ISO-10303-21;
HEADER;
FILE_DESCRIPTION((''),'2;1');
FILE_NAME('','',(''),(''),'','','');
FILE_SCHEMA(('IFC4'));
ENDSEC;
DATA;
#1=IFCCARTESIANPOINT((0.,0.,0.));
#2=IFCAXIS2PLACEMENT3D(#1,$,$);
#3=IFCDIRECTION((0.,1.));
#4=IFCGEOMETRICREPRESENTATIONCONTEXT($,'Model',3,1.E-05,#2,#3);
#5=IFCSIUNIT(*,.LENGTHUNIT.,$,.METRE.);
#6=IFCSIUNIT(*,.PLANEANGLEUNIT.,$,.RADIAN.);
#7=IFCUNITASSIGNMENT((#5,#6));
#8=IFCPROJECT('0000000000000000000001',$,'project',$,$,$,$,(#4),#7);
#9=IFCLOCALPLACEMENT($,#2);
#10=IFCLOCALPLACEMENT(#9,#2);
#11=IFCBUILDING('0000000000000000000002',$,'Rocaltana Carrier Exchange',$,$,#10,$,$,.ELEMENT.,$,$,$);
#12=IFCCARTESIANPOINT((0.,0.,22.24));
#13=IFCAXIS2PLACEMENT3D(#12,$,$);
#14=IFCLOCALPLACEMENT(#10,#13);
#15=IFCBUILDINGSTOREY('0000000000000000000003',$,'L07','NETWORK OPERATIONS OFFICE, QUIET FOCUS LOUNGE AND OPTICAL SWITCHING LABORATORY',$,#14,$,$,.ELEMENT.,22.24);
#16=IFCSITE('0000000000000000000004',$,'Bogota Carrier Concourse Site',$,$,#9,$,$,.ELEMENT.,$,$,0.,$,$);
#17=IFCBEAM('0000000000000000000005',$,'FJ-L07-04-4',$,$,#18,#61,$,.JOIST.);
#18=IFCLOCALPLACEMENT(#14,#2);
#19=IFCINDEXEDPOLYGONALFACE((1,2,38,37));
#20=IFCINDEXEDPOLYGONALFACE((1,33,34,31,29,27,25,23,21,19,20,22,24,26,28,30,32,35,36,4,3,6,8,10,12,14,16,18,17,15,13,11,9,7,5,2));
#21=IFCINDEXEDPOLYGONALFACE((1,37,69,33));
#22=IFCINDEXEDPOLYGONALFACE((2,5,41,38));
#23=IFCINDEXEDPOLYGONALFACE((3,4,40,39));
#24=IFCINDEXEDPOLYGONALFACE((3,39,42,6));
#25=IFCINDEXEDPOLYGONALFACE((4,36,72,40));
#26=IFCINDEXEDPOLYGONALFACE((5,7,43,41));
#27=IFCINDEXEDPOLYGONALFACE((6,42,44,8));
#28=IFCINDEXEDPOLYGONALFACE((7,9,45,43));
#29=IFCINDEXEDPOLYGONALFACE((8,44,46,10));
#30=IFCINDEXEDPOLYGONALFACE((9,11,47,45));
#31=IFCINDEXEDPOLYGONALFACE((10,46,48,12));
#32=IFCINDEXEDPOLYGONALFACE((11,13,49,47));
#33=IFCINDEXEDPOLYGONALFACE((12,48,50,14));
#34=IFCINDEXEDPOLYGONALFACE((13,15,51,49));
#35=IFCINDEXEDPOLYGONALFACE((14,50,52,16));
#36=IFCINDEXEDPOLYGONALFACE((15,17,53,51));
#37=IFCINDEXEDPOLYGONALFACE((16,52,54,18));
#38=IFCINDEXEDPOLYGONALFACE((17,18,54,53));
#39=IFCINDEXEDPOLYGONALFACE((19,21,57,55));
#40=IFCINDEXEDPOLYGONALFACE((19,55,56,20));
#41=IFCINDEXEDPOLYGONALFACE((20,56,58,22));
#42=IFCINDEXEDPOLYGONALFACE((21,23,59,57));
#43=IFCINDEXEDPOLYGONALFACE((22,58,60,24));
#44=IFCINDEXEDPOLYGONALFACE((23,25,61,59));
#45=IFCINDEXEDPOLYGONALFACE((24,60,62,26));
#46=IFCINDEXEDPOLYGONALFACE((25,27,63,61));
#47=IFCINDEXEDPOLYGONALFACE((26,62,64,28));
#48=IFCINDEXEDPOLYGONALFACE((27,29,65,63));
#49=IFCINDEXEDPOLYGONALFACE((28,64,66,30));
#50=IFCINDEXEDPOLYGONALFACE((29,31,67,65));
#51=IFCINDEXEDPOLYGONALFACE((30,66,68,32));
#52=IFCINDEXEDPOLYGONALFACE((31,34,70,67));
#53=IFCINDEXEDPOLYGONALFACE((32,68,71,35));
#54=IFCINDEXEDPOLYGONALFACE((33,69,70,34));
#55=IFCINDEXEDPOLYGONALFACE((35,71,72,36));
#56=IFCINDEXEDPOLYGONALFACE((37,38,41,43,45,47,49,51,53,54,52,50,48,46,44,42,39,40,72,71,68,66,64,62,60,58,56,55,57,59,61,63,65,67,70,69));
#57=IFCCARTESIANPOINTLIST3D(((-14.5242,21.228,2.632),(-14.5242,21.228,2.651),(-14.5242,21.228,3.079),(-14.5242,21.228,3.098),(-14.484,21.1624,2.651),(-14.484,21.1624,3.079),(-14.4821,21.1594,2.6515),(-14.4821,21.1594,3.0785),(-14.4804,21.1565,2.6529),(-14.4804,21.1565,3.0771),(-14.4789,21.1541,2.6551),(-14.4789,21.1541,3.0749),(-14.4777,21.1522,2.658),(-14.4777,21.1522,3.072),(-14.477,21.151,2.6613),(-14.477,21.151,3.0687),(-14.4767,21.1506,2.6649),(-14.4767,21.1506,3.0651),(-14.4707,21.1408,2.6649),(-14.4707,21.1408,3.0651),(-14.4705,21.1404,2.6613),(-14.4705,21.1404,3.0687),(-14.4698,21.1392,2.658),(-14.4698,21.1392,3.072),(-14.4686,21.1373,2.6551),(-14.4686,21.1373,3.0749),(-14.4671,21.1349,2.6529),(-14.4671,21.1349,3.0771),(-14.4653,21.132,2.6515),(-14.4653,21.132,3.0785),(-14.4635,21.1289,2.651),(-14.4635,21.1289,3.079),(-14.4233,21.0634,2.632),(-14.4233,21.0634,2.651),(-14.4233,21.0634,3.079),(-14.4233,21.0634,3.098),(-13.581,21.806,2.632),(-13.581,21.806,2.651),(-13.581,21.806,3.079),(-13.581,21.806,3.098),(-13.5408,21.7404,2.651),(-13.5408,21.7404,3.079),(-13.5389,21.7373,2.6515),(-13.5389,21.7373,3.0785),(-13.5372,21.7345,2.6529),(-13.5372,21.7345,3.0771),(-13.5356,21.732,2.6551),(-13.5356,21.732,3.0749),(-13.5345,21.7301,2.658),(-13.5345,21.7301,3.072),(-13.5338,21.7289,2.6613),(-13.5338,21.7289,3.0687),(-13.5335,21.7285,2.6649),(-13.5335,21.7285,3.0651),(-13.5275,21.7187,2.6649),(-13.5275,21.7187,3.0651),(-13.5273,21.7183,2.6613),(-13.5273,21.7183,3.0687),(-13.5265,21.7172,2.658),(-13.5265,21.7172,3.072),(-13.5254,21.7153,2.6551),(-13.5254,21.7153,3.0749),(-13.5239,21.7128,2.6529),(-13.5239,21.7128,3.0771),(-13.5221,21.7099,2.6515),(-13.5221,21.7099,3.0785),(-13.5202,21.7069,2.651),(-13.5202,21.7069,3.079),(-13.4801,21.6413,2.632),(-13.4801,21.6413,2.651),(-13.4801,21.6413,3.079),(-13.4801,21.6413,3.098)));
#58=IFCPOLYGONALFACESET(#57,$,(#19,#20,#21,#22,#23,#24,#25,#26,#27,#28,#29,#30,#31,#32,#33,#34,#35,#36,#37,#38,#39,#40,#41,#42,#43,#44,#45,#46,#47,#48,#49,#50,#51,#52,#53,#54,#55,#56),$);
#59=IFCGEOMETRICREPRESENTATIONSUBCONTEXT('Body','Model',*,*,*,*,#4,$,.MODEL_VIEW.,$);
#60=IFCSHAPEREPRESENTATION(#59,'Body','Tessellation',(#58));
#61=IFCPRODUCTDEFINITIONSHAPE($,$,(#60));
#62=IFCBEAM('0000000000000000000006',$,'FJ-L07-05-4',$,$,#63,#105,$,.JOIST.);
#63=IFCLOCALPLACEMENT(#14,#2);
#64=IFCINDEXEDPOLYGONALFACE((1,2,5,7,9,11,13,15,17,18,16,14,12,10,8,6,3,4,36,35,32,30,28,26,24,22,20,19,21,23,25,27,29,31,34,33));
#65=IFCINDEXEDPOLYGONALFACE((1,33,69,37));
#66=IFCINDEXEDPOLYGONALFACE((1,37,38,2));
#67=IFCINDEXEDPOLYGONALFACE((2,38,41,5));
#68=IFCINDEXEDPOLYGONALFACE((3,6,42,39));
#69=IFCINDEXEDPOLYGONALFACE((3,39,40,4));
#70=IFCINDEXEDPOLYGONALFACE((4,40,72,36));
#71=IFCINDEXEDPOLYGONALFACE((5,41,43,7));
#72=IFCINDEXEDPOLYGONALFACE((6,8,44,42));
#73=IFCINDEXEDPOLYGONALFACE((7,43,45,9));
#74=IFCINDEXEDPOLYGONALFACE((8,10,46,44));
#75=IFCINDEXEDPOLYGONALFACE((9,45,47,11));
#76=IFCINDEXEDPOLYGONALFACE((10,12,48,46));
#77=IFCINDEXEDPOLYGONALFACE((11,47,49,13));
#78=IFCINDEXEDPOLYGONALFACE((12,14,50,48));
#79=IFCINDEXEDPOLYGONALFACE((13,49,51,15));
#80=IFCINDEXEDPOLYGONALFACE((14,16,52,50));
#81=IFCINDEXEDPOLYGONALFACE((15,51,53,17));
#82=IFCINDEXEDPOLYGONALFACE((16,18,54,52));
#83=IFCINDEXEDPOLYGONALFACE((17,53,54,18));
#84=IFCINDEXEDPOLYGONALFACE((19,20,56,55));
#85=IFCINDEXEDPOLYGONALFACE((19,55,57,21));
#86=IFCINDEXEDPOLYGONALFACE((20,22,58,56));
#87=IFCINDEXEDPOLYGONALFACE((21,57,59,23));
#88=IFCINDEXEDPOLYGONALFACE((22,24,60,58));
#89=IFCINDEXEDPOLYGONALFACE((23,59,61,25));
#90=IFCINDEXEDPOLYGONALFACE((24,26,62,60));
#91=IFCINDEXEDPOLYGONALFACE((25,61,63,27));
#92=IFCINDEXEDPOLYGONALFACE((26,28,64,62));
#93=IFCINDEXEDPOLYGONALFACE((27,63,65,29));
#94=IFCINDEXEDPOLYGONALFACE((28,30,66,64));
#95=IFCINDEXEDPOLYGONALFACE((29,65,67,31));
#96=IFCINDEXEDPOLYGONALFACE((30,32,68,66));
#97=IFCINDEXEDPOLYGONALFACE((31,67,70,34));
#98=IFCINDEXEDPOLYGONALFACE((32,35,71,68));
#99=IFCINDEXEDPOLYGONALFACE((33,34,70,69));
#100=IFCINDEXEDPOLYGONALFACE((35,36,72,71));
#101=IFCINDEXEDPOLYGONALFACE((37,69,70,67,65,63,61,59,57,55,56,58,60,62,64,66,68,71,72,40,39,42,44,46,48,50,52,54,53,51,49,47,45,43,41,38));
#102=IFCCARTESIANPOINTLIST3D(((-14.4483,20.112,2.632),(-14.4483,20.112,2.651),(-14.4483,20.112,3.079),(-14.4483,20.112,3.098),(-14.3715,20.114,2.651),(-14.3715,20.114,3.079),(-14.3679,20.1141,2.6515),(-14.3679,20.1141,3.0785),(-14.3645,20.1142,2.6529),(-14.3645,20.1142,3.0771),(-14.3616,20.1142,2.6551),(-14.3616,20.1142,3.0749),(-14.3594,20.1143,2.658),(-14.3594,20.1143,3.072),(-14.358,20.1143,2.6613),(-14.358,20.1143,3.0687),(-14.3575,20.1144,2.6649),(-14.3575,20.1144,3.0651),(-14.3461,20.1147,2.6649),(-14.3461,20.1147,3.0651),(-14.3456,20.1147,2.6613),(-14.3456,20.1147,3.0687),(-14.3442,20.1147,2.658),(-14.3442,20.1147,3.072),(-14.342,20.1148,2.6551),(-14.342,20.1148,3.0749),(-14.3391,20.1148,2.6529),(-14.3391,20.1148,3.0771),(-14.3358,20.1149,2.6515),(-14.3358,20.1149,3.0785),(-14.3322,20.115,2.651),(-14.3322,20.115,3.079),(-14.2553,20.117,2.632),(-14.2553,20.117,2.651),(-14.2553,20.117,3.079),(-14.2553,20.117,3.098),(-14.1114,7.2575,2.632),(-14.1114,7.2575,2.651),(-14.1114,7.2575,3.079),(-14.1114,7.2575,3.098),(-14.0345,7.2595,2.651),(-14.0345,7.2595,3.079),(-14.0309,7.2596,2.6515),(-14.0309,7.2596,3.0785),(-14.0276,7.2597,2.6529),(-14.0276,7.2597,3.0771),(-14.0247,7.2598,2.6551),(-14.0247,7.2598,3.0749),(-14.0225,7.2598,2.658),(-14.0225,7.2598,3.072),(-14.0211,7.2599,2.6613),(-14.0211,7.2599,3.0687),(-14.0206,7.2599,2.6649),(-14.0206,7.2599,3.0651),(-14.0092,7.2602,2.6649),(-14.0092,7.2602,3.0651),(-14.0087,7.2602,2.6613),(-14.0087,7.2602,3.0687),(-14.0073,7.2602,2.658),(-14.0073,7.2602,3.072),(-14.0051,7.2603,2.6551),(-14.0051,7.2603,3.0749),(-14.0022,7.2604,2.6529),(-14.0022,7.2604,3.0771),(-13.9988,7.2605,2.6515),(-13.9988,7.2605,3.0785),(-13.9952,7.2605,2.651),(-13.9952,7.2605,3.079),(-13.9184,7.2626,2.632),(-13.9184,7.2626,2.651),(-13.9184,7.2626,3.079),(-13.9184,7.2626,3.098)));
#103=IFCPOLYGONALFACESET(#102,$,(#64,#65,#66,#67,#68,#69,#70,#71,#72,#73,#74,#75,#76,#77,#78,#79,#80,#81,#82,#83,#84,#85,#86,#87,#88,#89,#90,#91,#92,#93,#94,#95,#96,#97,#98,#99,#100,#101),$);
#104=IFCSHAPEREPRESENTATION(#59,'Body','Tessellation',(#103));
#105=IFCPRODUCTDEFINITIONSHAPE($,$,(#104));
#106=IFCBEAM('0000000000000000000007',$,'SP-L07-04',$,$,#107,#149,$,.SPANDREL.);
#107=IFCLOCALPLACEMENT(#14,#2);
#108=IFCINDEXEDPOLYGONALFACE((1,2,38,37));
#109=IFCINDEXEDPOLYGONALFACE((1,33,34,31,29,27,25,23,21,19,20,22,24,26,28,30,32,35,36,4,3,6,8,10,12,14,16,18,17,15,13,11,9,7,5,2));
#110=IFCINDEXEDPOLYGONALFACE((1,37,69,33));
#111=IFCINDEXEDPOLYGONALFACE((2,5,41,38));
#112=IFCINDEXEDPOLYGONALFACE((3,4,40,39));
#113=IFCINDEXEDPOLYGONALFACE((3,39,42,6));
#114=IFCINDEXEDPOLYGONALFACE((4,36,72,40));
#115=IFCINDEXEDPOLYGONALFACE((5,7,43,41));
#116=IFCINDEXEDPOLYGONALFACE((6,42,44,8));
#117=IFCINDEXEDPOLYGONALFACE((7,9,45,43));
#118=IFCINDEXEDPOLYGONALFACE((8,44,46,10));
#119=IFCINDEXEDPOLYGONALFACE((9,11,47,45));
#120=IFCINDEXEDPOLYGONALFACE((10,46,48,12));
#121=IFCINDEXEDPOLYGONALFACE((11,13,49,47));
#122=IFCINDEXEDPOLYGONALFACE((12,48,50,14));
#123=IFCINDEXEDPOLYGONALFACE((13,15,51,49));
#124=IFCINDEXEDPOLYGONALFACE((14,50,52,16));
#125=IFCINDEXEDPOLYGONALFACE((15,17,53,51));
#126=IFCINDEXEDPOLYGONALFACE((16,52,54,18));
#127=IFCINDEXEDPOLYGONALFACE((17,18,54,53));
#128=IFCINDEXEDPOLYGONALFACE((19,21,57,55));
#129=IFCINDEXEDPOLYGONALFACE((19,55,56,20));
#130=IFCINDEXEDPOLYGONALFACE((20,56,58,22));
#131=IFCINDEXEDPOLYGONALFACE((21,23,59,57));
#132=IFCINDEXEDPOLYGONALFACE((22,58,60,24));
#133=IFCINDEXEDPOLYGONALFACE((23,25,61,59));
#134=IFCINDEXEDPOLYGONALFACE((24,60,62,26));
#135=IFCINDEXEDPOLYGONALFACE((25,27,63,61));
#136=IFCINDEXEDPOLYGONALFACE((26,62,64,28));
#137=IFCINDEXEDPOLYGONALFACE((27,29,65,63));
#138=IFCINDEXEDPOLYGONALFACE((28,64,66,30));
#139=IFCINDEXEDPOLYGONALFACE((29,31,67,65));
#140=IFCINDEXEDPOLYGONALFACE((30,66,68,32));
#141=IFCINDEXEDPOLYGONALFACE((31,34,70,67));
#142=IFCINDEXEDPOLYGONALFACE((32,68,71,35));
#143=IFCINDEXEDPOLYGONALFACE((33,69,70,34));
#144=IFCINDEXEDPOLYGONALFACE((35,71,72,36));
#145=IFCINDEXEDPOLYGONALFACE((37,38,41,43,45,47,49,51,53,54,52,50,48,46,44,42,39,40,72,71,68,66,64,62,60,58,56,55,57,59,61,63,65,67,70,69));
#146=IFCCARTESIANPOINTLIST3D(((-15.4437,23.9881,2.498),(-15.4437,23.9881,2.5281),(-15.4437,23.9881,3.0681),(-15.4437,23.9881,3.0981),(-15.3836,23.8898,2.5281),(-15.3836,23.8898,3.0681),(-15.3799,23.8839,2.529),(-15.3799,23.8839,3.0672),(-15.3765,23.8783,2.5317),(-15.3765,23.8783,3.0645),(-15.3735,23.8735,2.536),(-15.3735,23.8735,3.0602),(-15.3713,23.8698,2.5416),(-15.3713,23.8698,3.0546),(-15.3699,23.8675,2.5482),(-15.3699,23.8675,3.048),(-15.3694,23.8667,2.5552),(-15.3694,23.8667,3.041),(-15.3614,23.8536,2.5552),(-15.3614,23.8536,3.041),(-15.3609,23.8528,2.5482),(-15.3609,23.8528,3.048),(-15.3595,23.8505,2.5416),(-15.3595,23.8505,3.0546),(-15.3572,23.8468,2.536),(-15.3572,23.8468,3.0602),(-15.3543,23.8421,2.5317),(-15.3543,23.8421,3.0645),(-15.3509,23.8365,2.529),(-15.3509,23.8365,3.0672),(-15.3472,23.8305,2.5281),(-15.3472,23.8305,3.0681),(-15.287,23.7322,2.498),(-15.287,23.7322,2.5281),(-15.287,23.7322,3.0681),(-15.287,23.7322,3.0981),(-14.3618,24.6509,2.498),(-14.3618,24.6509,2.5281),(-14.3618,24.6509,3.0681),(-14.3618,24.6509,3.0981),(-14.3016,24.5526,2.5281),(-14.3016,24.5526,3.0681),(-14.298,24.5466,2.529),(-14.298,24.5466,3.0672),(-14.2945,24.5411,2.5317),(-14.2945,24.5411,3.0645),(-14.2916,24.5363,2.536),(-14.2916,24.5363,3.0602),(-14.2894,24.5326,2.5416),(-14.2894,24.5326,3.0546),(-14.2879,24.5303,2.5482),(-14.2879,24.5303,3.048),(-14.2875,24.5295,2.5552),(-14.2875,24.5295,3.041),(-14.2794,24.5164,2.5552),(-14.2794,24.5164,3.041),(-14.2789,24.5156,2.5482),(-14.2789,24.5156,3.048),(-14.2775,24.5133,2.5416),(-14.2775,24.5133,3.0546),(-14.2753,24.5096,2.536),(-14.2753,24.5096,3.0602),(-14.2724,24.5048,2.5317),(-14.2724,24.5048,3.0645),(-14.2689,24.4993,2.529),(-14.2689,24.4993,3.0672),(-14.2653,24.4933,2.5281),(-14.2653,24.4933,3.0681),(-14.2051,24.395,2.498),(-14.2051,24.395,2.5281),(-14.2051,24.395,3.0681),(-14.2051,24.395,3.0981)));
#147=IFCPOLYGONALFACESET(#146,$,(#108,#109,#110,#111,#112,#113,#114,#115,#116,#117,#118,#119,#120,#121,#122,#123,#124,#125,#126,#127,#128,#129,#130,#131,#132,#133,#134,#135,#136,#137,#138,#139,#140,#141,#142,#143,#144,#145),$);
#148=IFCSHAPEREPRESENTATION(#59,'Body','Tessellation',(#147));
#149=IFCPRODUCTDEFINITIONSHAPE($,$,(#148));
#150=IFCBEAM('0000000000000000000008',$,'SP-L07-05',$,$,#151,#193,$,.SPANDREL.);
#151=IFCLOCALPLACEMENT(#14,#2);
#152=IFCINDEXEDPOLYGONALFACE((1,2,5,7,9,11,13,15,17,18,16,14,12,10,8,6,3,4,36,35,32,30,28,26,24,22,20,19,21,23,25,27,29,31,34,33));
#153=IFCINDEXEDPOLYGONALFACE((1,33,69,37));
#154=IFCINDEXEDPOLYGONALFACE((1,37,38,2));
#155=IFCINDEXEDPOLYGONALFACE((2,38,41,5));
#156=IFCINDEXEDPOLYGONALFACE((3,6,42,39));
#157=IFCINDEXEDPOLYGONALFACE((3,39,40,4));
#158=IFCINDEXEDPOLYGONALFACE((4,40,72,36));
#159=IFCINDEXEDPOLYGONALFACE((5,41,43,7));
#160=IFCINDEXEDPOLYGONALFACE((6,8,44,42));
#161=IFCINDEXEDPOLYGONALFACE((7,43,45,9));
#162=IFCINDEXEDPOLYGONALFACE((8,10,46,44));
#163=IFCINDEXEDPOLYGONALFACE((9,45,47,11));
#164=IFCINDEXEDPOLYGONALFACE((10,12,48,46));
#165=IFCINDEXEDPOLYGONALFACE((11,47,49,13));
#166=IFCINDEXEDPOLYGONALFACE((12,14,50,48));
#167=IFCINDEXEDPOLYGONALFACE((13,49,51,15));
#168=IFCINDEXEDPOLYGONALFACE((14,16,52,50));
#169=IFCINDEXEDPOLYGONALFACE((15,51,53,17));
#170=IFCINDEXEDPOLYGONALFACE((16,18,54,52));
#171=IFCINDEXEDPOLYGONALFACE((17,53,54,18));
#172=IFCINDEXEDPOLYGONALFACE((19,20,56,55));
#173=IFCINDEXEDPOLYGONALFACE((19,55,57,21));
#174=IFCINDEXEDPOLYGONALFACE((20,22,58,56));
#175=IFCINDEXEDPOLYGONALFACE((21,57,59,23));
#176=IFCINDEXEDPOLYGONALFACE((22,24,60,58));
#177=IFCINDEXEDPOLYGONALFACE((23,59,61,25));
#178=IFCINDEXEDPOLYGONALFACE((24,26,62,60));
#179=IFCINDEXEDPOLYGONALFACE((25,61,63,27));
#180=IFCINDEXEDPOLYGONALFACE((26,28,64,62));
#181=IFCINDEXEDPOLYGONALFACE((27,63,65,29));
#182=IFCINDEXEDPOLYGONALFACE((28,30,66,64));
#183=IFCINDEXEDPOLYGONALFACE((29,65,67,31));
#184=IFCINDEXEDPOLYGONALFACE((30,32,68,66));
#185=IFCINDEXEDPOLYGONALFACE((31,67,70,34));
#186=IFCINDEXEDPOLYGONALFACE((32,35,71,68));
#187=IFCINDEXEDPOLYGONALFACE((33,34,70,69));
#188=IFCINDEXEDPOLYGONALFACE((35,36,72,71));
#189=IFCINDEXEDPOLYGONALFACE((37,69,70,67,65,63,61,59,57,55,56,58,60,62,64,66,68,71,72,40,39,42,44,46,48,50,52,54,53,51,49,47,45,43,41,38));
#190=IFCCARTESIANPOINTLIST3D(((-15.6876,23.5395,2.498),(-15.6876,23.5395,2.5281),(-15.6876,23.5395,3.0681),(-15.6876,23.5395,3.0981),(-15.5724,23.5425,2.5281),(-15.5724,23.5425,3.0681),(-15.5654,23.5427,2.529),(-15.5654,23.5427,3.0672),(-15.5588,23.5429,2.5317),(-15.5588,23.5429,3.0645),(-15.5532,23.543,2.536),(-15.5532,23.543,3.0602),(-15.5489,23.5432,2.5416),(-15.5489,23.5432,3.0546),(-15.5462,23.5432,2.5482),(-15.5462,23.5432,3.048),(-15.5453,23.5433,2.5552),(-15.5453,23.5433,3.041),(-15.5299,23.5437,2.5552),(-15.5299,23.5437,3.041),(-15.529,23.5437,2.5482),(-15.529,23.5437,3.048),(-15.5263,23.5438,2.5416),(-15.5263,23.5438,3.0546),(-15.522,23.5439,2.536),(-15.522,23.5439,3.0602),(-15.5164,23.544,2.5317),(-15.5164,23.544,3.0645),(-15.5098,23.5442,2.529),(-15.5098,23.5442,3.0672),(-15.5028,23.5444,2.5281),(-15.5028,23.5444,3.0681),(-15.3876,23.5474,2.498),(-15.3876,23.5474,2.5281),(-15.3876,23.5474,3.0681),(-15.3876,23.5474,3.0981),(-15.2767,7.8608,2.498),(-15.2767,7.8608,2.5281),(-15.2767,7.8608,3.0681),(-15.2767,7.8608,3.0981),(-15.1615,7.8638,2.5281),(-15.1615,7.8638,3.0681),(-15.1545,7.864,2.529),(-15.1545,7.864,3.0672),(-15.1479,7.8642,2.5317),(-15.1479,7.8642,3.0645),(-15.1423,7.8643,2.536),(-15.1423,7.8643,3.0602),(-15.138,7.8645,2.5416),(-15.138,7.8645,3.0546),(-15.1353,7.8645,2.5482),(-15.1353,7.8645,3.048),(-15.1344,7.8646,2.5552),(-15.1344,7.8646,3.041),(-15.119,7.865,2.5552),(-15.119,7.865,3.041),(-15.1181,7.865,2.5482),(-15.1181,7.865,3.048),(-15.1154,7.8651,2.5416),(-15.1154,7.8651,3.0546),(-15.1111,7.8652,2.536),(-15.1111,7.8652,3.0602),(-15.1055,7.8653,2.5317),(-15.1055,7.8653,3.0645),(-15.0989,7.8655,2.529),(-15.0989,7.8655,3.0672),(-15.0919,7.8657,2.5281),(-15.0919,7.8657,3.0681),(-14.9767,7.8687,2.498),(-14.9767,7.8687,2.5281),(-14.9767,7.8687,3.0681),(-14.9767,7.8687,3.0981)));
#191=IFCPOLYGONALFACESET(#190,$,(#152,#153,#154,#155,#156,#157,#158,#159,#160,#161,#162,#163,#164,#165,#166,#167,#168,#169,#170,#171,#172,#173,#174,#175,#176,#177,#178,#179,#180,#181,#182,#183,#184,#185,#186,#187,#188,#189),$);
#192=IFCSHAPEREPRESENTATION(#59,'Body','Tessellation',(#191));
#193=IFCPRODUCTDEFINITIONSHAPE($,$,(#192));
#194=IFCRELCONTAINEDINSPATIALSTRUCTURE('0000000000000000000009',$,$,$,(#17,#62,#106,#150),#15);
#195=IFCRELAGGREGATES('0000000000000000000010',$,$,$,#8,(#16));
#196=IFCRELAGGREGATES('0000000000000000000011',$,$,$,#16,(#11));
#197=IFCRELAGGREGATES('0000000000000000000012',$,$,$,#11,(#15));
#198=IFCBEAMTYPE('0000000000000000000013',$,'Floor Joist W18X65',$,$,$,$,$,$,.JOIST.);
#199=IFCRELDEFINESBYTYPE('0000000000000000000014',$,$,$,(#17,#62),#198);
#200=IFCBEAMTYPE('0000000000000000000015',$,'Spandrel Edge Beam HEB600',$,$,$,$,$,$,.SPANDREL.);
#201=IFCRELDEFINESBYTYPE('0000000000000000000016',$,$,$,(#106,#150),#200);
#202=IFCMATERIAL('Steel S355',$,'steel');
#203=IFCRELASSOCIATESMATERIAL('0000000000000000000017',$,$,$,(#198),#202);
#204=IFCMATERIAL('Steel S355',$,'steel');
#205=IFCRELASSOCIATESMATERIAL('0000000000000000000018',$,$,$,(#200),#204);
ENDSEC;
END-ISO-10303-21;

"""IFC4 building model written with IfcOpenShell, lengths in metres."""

from ifc_helpers import new_model, si_unit, direction, frame, origin, origin_2d, place, context, subcontext, project, spatial, i_section, extrude, material, material_profile, profile_set, type_object, element, save


model = new_model("IFC4")

# Units and contexts
model_context = context("Model", 3, precision=1e-05, world=origin(), true_north=direction((0.0, 1.0)))
body_context = subcontext(model_context, "Body", "Model", "MODEL_VIEW")
ifc_project = project(units=[si_unit("LENGTHUNIT", "METRE"), si_unit("PLANEANGLEUNIT", "RADIAN")], contexts=[model_context])

# Site, building, storey
site_placement = place(None, origin())
site = spatial("IfcSite", under=ifc_project, at=site_placement, Name="Bogota Carrier Concourse Site", CompositionType="ELEMENT", RefElevation=0.0)
building_placement = place(site_placement, origin())
building = spatial("IfcBuilding", under=site, at=building_placement, Name="Rocaltana Carrier Exchange", CompositionType="ELEMENT")
storey_placement = place(building_placement, frame((0.0, 0.0, 22.24)))
storey = spatial("IfcBuildingStorey", under=building, at=storey_placement, Name="L07", Description="NETWORK OPERATIONS OFFICE, QUIET FOCUS LOUNGE AND OPTICAL SWITCHING LABORATORY", CompositionType="ELEMENT", Elevation=22.24)

# Beams
ifc_material_1 = material(Name="Steel S355", Category="steel")
ifc_material_profile_1 = material_profile(ifc_material_1, i_section(OverallWidth=0.1931, OverallDepth=0.4661, WebThickness=0.0115, FlangeThickness=0.019, FilletRadius=0.0139, at=origin_2d()), Name="W18X65")
ifc_profile_set_1 = profile_set([ifc_material_profile_1], Name="Steel S355")
beam_type_1 = type_object("IfcBeamType", Name="Floor Joist W18X65", PredefinedType="JOIST", material=ifc_profile_set_1)
beam_1_placement = place(storey_placement, frame((-13.5305, 21.7236, 2.865), z_axis=(-0.852665, -0.522459, 0.0), x_axis=(0.522459, -0.852665, 0.0)))
element("IfcBeam", 1, at=beam_1_placement, inside=storey, type_object=beam_type_1, Name="FJ-L07-04-4", PredefinedType="JOIST", context=body_context, shape_type="SweptSolid", body=[
    extrude(i_section(OverallWidth=0.1931, OverallDepth=0.4661, WebThickness=0.0115, FlangeThickness=0.019, FilletRadius=0.0139, at=origin_2d()), origin(), (0.0, 0.0, 1.0), 1.1062),
])
beam_2_placement = place(storey_placement, frame((-14.3518, 20.1145, 2.865), z_axis=(0.026201, -0.999657, 0.0), x_axis=(0.999657, 0.026201, 0.0)))
element("IfcBeam", 2, at=beam_2_placement, inside=storey, type_object=beam_type_1, Name="FJ-L07-05-4", PredefinedType="JOIST", context=body_context, shape_type="SweptSolid", body=[
    extrude(i_section(OverallWidth=0.1931, OverallDepth=0.4661, WebThickness=0.0115, FlangeThickness=0.019, FilletRadius=0.0139, at=origin_2d()), origin(), (0.0, 0.0, 1.0), 12.8589),
])
ifc_material_2 = material(Name="Steel S355", Category="steel")
ifc_material_profile_2 = material_profile(ifc_material_2, i_section(OverallWidth=0.3, OverallDepth=0.6001, WebThickness=0.0154, FlangeThickness=0.03, FilletRadius=0.0271, at=origin_2d()), Name="HEB600")
ifc_profile_set_2 = profile_set([ifc_material_profile_2], Name="Steel S355")
beam_type_2 = type_object("IfcBeamType", Name="Spandrel Edge Beam HEB600", PredefinedType="SPANDREL", material=ifc_profile_set_2)
beam_3_placement = place(storey_placement, frame((-14.2834, 24.5229, 2.7981), z_axis=(-0.85272, -0.522368, 0.0), x_axis=(0.522368, -0.85272, 0.0)))
element("IfcBeam", 3, at=beam_3_placement, inside=storey, type_object=beam_type_2, Name="SP-L07-04", PredefinedType="SPANDREL", context=body_context, shape_type="SweptSolid", body=[
    extrude(i_section(OverallWidth=0.3, OverallDepth=0.6001, WebThickness=0.0154, FlangeThickness=0.03, FilletRadius=0.0271, at=origin_2d()), origin(), (0.0, 0.0, 1.0), 1.2688),
])
beam_4_placement = place(storey_placement, frame((-15.5376, 23.5435, 2.7981), z_axis=(0.026198, -0.999657, 0.0), x_axis=(0.999657, 0.026198, 0.0)))
element("IfcBeam", 4, at=beam_4_placement, inside=storey, type_object=beam_type_2, Name="SP-L07-05", PredefinedType="SPANDREL", context=body_context, shape_type="SweptSolid", body=[
    extrude(i_section(OverallWidth=0.3, OverallDepth=0.6001, WebThickness=0.0154, FlangeThickness=0.03, FilletRadius=0.0271, at=origin_2d()), origin(), (0.0, 0.0, 1.0), 15.6841),
])

save(model, "model.ifc")
